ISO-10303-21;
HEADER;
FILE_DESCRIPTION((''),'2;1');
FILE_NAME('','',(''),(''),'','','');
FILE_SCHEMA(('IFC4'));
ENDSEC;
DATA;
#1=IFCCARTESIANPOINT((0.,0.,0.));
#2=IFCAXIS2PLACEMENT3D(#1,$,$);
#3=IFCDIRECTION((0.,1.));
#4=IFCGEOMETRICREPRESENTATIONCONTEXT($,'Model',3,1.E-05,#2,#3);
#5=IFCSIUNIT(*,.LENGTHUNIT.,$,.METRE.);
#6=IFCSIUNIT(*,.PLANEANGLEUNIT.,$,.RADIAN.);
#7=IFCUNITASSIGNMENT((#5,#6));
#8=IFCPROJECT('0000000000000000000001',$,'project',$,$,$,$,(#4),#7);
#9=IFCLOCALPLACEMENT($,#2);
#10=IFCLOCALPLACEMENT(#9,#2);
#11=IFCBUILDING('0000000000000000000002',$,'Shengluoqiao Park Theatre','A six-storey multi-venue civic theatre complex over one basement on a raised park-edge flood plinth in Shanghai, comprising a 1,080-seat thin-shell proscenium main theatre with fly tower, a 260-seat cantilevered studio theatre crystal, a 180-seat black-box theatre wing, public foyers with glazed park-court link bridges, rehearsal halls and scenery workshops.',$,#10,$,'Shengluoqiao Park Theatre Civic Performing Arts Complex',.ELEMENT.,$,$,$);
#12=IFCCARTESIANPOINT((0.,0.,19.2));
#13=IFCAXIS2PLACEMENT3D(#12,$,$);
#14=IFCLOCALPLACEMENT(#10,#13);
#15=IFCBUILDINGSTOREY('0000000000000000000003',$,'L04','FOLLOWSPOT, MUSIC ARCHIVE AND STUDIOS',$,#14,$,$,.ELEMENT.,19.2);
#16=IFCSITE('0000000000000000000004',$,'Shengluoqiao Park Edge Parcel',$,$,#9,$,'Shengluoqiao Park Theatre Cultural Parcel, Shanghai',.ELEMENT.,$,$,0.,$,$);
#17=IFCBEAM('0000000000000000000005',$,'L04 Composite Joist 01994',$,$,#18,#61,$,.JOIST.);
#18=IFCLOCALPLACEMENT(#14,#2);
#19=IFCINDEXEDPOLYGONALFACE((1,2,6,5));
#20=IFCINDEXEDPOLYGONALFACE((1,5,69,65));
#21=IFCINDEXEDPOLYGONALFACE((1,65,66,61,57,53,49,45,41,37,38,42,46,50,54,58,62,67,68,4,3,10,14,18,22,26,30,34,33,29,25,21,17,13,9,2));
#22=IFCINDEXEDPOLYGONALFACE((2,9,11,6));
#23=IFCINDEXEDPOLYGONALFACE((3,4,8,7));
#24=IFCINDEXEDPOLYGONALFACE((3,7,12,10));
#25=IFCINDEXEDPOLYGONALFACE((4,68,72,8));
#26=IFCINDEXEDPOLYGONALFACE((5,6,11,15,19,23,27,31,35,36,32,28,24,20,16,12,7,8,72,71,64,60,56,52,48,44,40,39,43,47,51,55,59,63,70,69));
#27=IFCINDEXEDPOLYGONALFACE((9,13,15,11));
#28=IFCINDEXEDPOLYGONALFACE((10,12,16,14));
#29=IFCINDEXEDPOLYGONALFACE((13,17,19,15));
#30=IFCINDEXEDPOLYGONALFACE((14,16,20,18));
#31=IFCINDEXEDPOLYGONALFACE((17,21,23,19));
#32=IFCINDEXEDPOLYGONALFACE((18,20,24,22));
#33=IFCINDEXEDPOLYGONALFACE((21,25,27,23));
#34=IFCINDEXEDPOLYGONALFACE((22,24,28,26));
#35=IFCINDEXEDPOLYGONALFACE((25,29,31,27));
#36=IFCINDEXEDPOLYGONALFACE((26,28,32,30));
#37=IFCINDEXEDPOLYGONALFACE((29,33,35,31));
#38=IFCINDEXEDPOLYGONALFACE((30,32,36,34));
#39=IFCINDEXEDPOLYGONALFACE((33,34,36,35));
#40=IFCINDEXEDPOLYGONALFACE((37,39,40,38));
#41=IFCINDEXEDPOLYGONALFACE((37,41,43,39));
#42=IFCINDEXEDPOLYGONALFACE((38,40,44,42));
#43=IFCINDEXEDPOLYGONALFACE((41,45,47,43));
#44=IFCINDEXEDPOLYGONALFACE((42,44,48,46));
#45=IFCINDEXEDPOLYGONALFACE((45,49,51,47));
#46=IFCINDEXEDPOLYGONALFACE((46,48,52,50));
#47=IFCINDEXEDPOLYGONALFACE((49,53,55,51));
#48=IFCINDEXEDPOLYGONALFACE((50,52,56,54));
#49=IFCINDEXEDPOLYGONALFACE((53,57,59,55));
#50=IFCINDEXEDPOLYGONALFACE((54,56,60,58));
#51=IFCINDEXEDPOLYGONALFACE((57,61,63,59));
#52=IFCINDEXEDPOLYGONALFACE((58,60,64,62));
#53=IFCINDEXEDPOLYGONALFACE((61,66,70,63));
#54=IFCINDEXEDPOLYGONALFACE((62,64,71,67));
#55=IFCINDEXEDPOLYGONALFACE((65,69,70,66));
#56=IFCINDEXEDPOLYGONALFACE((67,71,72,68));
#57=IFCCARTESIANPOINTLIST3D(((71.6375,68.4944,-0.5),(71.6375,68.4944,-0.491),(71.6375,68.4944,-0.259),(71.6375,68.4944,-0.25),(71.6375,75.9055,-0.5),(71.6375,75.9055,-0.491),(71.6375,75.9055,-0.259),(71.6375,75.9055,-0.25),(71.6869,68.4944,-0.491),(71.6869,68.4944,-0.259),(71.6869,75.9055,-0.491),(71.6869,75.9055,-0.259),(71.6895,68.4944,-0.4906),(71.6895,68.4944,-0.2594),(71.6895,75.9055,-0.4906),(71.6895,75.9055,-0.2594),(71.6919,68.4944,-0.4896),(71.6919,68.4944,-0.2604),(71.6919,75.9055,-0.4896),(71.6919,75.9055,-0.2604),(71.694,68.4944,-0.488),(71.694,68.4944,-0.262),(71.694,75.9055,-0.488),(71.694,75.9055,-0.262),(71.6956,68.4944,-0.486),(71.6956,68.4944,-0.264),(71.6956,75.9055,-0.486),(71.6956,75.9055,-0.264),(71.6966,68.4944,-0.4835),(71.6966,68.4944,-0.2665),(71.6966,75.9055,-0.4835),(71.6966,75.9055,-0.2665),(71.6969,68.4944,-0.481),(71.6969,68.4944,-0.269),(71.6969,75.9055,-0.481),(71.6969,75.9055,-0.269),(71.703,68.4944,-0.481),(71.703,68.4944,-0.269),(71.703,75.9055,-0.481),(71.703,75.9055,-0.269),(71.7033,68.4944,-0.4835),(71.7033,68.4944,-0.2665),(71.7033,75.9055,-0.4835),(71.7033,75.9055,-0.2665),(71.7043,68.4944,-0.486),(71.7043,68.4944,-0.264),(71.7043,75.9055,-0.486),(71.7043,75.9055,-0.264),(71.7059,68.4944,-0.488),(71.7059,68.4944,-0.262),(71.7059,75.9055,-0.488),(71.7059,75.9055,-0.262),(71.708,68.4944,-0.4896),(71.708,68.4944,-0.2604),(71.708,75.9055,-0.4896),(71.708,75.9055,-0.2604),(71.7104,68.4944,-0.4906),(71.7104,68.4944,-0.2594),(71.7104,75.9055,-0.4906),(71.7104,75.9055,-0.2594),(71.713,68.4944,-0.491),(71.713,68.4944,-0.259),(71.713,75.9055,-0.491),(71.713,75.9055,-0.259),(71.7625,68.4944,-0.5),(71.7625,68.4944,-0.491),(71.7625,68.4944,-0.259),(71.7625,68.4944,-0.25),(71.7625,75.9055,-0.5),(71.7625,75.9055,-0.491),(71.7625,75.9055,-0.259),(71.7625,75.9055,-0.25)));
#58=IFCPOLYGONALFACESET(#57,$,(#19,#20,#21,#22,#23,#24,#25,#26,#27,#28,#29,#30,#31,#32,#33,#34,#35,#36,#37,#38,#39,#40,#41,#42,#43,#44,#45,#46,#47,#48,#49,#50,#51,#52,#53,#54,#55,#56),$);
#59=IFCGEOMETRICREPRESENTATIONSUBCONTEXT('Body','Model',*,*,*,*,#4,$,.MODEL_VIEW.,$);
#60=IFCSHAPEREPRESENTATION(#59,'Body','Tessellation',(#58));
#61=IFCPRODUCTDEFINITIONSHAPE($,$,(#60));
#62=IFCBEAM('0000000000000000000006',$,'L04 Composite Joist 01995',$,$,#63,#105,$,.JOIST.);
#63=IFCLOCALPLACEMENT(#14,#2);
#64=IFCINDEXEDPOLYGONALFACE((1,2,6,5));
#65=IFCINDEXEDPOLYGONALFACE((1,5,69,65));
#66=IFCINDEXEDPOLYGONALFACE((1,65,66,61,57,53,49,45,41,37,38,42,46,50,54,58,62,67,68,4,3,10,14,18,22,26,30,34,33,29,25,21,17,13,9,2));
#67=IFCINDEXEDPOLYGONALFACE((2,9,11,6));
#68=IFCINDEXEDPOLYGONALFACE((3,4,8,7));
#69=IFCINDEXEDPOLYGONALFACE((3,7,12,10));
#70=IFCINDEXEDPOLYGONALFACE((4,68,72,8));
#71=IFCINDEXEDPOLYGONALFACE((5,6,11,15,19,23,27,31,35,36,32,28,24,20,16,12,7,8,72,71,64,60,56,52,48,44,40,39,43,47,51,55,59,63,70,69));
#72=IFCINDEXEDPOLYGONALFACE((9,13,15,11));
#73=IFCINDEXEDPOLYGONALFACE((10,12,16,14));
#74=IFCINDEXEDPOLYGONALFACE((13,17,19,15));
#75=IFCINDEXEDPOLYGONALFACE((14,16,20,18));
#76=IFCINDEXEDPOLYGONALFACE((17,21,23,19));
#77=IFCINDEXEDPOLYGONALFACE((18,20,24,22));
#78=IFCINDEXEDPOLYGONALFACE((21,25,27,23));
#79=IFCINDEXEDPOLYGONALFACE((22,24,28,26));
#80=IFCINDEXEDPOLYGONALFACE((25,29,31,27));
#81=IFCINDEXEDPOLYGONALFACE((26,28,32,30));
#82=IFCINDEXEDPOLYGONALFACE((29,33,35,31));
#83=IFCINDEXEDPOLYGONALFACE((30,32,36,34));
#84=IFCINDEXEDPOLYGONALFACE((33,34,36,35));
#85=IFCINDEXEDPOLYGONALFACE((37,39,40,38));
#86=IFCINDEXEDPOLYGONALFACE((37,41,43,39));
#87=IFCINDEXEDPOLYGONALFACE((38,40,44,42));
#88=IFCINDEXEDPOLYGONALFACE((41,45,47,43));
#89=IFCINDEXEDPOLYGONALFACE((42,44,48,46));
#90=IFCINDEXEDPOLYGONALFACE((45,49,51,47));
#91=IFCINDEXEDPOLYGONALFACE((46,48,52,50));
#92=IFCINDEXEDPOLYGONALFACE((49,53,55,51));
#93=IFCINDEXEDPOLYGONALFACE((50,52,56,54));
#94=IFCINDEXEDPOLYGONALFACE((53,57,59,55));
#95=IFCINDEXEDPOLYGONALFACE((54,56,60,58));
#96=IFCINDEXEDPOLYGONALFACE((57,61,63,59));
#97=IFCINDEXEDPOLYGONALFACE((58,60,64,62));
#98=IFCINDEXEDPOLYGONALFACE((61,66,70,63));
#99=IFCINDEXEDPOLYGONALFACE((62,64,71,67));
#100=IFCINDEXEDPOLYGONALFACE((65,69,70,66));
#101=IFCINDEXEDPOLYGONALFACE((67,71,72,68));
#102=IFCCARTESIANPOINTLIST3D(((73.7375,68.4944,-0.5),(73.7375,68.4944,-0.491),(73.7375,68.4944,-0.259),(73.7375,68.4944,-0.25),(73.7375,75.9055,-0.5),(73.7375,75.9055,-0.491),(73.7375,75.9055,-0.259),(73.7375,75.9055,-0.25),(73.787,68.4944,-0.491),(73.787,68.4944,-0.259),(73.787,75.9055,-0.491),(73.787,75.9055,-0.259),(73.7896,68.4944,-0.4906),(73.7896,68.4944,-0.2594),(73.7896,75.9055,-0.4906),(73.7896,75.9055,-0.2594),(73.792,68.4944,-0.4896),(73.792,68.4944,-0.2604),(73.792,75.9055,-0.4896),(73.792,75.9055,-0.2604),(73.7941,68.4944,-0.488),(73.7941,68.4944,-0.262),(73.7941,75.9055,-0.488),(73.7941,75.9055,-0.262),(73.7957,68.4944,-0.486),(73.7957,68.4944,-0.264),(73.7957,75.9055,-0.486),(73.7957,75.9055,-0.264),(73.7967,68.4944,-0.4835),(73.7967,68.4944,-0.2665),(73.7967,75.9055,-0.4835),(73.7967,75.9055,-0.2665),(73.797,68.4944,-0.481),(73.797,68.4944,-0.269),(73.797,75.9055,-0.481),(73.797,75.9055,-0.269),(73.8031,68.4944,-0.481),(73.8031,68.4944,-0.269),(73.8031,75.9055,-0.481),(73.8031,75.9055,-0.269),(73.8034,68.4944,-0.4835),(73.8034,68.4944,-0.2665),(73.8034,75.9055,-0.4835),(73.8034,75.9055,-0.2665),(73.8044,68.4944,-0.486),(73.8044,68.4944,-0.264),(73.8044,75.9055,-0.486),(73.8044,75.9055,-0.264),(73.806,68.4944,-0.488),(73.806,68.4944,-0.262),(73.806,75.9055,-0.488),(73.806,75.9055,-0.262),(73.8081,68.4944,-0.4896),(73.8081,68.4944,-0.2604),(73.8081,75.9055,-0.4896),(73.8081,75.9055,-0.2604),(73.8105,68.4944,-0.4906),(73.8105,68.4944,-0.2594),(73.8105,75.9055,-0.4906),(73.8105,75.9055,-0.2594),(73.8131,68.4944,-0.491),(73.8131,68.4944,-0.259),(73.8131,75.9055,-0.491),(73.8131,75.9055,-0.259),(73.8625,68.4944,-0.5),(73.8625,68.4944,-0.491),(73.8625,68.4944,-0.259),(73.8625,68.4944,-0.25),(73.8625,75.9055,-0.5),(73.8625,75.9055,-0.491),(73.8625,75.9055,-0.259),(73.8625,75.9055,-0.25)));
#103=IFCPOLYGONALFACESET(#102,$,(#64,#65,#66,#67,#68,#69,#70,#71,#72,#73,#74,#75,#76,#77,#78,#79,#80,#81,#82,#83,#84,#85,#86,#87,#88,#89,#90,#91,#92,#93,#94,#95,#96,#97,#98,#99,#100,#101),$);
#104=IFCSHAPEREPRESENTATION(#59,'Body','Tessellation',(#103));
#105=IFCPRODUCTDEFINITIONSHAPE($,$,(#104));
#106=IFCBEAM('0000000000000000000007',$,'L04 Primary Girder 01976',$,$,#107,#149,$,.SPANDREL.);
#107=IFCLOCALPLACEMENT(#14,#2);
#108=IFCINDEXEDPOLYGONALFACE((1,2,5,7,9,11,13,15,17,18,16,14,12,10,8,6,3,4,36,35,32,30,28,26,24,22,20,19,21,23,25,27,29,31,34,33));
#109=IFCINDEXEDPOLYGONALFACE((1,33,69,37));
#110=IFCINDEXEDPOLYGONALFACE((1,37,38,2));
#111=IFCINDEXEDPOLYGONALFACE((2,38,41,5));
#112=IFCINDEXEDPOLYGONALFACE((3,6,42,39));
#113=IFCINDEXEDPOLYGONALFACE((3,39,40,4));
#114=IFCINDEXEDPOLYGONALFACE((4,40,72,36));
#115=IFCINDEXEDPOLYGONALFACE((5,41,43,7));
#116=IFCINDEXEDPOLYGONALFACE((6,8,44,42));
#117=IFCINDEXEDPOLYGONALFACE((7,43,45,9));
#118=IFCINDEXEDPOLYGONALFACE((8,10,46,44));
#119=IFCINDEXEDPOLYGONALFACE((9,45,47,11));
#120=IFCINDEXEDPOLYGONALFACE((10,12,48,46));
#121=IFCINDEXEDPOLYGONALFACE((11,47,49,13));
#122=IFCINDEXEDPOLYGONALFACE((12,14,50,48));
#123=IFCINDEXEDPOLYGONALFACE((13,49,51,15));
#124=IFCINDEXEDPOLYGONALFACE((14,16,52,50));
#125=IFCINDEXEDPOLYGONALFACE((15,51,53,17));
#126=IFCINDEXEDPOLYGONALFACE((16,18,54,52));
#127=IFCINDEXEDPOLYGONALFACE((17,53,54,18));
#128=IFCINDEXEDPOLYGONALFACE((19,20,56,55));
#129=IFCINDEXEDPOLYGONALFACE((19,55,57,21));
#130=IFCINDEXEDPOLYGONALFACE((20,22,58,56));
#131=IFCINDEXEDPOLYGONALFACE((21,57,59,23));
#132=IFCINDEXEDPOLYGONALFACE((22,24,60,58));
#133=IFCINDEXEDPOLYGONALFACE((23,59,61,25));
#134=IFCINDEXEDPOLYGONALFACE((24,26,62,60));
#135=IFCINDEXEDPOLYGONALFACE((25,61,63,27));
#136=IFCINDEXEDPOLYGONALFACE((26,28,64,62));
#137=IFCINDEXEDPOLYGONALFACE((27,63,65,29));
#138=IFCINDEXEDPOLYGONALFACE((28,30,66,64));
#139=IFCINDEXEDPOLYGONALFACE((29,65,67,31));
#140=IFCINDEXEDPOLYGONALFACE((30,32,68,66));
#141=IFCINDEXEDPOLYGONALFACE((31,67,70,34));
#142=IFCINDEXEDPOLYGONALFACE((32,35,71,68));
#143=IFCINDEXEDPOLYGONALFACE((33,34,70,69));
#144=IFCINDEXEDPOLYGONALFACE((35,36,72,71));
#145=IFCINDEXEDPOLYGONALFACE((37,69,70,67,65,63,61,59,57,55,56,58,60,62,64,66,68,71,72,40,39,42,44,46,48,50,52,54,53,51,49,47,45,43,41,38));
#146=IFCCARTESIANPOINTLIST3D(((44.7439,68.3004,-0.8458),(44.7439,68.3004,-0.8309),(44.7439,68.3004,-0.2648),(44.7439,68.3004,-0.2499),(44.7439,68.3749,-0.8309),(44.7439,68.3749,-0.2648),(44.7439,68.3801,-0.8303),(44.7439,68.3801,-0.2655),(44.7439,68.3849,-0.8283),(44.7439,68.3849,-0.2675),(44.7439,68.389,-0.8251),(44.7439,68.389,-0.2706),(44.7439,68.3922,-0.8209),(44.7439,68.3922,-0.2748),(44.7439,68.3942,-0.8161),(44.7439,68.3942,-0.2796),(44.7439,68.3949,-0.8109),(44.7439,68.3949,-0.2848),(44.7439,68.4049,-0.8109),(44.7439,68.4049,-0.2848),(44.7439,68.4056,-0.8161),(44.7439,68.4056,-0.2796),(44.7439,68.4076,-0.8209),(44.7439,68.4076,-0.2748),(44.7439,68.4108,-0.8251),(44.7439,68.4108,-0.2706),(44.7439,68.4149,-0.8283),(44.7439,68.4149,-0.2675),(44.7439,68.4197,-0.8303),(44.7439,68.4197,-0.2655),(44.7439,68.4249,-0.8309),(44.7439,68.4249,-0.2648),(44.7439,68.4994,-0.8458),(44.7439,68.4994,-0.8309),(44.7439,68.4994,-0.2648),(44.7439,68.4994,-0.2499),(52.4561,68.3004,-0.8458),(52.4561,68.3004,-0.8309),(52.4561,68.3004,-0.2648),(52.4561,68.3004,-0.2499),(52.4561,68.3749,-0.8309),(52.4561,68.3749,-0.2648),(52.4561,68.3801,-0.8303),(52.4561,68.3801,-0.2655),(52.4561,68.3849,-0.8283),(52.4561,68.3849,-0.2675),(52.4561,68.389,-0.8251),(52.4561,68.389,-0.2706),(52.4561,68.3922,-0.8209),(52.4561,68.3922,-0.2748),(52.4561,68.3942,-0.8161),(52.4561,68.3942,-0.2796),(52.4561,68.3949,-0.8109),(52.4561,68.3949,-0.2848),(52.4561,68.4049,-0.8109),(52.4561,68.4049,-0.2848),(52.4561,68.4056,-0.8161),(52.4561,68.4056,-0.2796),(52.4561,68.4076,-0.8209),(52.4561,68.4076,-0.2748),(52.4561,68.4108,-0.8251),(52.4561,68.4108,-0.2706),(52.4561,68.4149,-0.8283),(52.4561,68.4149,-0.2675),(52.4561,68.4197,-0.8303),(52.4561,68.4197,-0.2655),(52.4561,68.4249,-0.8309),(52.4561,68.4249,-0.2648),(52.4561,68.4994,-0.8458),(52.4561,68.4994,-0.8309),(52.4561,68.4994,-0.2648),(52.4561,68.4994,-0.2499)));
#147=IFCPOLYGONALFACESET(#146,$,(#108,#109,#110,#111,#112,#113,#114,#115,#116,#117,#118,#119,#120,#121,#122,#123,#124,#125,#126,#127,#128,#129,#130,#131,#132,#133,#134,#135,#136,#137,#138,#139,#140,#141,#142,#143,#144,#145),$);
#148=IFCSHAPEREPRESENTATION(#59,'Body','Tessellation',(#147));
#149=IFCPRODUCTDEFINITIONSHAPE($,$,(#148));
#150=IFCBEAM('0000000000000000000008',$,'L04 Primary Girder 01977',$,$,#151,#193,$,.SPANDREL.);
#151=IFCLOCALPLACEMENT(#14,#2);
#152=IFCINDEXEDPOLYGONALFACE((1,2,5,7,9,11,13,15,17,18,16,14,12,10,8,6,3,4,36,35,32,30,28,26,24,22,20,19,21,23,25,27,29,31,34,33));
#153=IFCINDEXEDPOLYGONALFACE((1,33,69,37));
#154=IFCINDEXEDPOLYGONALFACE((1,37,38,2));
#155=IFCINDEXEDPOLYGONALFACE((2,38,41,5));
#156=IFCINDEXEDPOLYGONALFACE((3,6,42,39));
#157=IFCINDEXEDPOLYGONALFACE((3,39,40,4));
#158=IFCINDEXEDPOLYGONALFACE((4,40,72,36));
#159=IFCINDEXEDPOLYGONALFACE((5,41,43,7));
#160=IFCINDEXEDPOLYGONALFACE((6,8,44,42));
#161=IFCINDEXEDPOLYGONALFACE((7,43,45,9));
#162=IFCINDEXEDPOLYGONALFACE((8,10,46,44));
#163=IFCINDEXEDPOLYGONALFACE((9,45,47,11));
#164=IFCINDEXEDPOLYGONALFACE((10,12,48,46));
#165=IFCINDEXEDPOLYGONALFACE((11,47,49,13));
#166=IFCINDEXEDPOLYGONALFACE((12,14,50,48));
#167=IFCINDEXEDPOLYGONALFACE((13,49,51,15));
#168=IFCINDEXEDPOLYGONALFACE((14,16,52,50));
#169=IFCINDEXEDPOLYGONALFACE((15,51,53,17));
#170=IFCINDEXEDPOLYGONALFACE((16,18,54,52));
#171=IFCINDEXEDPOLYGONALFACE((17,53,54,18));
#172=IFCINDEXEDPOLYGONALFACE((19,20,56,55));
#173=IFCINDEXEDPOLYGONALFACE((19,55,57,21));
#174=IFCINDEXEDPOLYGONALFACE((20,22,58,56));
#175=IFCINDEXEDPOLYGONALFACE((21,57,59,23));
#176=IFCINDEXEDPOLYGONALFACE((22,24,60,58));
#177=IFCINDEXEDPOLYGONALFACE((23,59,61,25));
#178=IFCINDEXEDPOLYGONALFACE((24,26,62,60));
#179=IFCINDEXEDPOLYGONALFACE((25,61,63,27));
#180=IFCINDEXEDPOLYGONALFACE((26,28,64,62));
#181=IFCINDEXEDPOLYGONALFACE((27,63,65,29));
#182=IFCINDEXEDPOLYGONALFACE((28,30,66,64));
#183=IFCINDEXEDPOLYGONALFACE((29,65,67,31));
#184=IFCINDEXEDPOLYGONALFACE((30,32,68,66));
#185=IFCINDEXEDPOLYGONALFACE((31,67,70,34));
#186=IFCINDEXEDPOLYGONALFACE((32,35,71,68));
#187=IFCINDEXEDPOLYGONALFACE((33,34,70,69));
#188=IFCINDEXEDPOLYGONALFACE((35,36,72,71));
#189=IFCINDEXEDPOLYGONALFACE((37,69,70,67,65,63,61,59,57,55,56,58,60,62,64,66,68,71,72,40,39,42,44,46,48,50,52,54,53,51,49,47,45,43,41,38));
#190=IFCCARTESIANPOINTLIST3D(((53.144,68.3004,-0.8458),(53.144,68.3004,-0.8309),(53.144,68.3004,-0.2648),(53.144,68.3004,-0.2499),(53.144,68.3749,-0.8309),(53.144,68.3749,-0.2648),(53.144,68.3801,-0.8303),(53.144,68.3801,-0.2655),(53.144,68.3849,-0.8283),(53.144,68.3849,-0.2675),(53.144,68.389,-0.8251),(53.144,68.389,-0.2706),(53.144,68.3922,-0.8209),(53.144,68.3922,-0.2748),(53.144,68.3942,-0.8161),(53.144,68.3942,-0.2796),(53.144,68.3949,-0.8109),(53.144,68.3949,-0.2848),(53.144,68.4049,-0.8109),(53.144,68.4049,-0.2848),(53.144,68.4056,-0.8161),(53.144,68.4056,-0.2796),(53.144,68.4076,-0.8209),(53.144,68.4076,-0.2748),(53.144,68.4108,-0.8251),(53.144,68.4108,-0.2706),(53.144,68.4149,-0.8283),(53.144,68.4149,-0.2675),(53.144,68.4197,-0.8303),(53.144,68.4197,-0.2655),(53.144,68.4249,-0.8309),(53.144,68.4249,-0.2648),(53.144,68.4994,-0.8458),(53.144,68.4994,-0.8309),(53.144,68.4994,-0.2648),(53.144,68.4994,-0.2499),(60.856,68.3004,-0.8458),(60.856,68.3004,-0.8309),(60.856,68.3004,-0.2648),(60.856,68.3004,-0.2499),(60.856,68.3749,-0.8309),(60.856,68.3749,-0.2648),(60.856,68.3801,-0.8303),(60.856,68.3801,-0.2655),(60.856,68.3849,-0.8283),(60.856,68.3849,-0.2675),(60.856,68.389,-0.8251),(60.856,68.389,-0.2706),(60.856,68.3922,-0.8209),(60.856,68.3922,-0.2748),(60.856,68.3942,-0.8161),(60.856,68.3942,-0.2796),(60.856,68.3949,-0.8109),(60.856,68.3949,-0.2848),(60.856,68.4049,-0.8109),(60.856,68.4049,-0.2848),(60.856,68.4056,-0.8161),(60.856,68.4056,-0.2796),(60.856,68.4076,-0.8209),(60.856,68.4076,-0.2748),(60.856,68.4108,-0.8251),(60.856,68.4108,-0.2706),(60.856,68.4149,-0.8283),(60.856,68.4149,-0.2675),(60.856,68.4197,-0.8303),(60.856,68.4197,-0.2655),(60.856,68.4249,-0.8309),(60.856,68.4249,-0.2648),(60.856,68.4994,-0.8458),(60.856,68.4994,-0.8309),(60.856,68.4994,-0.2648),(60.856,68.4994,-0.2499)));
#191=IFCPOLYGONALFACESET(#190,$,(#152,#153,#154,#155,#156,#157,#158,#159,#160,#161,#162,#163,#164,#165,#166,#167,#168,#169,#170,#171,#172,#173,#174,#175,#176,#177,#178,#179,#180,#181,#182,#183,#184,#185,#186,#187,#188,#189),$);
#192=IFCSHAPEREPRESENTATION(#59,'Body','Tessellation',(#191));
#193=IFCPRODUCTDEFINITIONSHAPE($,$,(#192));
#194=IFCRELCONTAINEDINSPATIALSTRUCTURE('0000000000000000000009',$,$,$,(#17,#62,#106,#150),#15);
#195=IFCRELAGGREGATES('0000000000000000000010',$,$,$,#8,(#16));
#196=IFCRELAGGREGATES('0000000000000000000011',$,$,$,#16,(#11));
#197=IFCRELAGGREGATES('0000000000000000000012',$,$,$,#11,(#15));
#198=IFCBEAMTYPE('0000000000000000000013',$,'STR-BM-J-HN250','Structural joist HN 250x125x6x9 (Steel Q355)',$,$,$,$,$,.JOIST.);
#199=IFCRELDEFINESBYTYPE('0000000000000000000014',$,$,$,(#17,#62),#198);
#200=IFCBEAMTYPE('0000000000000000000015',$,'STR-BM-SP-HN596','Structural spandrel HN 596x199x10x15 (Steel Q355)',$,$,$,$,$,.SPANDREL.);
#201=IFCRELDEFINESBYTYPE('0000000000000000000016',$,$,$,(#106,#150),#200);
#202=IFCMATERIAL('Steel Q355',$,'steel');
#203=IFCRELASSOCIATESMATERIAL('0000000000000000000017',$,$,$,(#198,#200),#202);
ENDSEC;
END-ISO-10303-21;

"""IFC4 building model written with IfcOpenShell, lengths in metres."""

from ifc_helpers import new_model, si_unit, direction, frame, origin, origin_2d, place, context, subcontext, project, spatial, i_section, extrude, material, material_profile, profile_set, type_object, element, save


model = new_model("IFC4")

# Units and contexts
model_context = context("Model", 3, precision=1e-05, world=origin(), true_north=direction((0.0, 1.0)))
body_context = subcontext(model_context, "Body", "Model", "MODEL_VIEW")
ifc_project = project(units=[si_unit("LENGTHUNIT", "METRE"), si_unit("PLANEANGLEUNIT", "RADIAN")], contexts=[model_context])

# Site, building, storey
site_placement = place(None, origin())
site = spatial("IfcSite", under=ifc_project, at=site_placement, Name="Shengluoqiao Park Edge Parcel", LongName="Shengluoqiao Park Theatre Cultural Parcel, Shanghai", CompositionType="ELEMENT", RefElevation=0.0)
building_placement = place(site_placement, origin())
building = spatial("IfcBuilding", under=site, at=building_placement, Name="Shengluoqiao Park Theatre", Description="A six-storey multi-venue civic theatre complex over one basement on a raised park-edge flood plinth in Shanghai, comprising a 1,080-seat thin-shell proscenium main theatre with fly tower, a 260-seat cantilevered studio theatre crystal, a 180-seat black-box theatre wing, public foyers with glazed park-court link bridges, rehearsal halls and scenery workshops.", LongName="Shengluoqiao Park Theatre Civic Performing Arts Complex", CompositionType="ELEMENT")
storey_placement = place(building_placement, frame((0.0, 0.0, 19.2)))
storey = spatial("IfcBuildingStorey", under=building, at=storey_placement, Name="L04", Description="FOLLOWSPOT, MUSIC ARCHIVE AND STUDIOS", CompositionType="ELEMENT", Elevation=19.2)

# Beams
ifc_material_1 = material(Name="Steel Q355", Category="steel")
ifc_material_profile_1 = material_profile(ifc_material_1, i_section(OverallWidth=0.125, OverallDepth=0.25, WebThickness=0.0061, FlangeThickness=0.009, FilletRadius=0.01, at=origin_2d()), Name="HN 250x125x6x9")
ifc_profile_set_1 = profile_set([ifc_material_profile_1], Name="Steel Q355")
beam_type_1 = type_object("IfcBeamType", Name="STR-BM-J-HN250", Description="Structural joist HN 250x125x6x9 (Steel Q355)", PredefinedType="JOIST", material=ifc_profile_set_1)
for number, where, z_axis, x_axis, name in (
    (1, (71.7, 68.4944, -0.375), (0.0, 1.0, 0.0), (-1.0, 0.0, 0.0), "L04 Composite Joist 01994"),
    (2, (73.8, 68.4944, -0.375), (0.0, 1.0, 0.0), (-1.0, 0.0, 0.0), "L04 Composite Joist 01995"),
):
    element("IfcBeam", number, at=place(storey_placement, frame(where, z_axis=z_axis, x_axis=x_axis)), inside=storey, type_object=beam_type_1, Name=name, PredefinedType="JOIST", context=body_context, shape_type="SweptSolid", body=[
        extrude(i_section(OverallWidth=0.125, OverallDepth=0.25, WebThickness=0.0061, FlangeThickness=0.009, FilletRadius=0.01, at=origin_2d()), origin(), (0.0, 0.0, 1.0), 7.4111),
    ])
ifc_material_profile_2 = material_profile(ifc_material_1, i_section(OverallWidth=0.199, OverallDepth=0.5959, WebThickness=0.01, FlangeThickness=0.0149, FilletRadius=0.02, at=origin_2d()), Name="HN 596x199x10x15")
ifc_profile_set_2 = profile_set([ifc_material_profile_2], Name="Steel Q355")
beam_type_2 = type_object("IfcBeamType", Name="STR-BM-SP-HN596", Description="Structural spandrel HN 596x199x10x15 (Steel Q355)", PredefinedType="SPANDREL", material=ifc_profile_set_2)
beam_1_placement = place(storey_placement, frame((44.7439, 68.3999, -0.5479), z_axis=(1.0, 0.0, 0.0), x_axis=(0.0, 1.0, 0.0)))
element("IfcBeam", 3, at=beam_1_placement, inside=storey, type_object=beam_type_2, Name="L04 Primary Girder 01976", PredefinedType="SPANDREL", context=body_context, shape_type="SweptSolid", body=[
    extrude(i_section(OverallWidth=0.199, OverallDepth=0.5959, WebThickness=0.01, FlangeThickness=0.0149, FilletRadius=0.02, at=origin_2d()), origin(), (0.0, 0.0, 1.0), 7.7122),
])
beam_2_placement = place(storey_placement, frame((53.144, 68.3999, -0.5479), z_axis=(1.0, 0.0, 0.0), x_axis=(0.0, 1.0, 0.0)))
element("IfcBeam", 4, at=beam_2_placement, inside=storey, type_object=beam_type_2, Name="L04 Primary Girder 01977", PredefinedType="SPANDREL", context=body_context, shape_type="SweptSolid", body=[
    extrude(i_section(OverallWidth=0.199, OverallDepth=0.5959, WebThickness=0.01, FlangeThickness=0.0149, FilletRadius=0.02, at=origin_2d()), origin(), (0.0, 0.0, 1.0), 7.7119),
])

save(model, "model.ifc")
